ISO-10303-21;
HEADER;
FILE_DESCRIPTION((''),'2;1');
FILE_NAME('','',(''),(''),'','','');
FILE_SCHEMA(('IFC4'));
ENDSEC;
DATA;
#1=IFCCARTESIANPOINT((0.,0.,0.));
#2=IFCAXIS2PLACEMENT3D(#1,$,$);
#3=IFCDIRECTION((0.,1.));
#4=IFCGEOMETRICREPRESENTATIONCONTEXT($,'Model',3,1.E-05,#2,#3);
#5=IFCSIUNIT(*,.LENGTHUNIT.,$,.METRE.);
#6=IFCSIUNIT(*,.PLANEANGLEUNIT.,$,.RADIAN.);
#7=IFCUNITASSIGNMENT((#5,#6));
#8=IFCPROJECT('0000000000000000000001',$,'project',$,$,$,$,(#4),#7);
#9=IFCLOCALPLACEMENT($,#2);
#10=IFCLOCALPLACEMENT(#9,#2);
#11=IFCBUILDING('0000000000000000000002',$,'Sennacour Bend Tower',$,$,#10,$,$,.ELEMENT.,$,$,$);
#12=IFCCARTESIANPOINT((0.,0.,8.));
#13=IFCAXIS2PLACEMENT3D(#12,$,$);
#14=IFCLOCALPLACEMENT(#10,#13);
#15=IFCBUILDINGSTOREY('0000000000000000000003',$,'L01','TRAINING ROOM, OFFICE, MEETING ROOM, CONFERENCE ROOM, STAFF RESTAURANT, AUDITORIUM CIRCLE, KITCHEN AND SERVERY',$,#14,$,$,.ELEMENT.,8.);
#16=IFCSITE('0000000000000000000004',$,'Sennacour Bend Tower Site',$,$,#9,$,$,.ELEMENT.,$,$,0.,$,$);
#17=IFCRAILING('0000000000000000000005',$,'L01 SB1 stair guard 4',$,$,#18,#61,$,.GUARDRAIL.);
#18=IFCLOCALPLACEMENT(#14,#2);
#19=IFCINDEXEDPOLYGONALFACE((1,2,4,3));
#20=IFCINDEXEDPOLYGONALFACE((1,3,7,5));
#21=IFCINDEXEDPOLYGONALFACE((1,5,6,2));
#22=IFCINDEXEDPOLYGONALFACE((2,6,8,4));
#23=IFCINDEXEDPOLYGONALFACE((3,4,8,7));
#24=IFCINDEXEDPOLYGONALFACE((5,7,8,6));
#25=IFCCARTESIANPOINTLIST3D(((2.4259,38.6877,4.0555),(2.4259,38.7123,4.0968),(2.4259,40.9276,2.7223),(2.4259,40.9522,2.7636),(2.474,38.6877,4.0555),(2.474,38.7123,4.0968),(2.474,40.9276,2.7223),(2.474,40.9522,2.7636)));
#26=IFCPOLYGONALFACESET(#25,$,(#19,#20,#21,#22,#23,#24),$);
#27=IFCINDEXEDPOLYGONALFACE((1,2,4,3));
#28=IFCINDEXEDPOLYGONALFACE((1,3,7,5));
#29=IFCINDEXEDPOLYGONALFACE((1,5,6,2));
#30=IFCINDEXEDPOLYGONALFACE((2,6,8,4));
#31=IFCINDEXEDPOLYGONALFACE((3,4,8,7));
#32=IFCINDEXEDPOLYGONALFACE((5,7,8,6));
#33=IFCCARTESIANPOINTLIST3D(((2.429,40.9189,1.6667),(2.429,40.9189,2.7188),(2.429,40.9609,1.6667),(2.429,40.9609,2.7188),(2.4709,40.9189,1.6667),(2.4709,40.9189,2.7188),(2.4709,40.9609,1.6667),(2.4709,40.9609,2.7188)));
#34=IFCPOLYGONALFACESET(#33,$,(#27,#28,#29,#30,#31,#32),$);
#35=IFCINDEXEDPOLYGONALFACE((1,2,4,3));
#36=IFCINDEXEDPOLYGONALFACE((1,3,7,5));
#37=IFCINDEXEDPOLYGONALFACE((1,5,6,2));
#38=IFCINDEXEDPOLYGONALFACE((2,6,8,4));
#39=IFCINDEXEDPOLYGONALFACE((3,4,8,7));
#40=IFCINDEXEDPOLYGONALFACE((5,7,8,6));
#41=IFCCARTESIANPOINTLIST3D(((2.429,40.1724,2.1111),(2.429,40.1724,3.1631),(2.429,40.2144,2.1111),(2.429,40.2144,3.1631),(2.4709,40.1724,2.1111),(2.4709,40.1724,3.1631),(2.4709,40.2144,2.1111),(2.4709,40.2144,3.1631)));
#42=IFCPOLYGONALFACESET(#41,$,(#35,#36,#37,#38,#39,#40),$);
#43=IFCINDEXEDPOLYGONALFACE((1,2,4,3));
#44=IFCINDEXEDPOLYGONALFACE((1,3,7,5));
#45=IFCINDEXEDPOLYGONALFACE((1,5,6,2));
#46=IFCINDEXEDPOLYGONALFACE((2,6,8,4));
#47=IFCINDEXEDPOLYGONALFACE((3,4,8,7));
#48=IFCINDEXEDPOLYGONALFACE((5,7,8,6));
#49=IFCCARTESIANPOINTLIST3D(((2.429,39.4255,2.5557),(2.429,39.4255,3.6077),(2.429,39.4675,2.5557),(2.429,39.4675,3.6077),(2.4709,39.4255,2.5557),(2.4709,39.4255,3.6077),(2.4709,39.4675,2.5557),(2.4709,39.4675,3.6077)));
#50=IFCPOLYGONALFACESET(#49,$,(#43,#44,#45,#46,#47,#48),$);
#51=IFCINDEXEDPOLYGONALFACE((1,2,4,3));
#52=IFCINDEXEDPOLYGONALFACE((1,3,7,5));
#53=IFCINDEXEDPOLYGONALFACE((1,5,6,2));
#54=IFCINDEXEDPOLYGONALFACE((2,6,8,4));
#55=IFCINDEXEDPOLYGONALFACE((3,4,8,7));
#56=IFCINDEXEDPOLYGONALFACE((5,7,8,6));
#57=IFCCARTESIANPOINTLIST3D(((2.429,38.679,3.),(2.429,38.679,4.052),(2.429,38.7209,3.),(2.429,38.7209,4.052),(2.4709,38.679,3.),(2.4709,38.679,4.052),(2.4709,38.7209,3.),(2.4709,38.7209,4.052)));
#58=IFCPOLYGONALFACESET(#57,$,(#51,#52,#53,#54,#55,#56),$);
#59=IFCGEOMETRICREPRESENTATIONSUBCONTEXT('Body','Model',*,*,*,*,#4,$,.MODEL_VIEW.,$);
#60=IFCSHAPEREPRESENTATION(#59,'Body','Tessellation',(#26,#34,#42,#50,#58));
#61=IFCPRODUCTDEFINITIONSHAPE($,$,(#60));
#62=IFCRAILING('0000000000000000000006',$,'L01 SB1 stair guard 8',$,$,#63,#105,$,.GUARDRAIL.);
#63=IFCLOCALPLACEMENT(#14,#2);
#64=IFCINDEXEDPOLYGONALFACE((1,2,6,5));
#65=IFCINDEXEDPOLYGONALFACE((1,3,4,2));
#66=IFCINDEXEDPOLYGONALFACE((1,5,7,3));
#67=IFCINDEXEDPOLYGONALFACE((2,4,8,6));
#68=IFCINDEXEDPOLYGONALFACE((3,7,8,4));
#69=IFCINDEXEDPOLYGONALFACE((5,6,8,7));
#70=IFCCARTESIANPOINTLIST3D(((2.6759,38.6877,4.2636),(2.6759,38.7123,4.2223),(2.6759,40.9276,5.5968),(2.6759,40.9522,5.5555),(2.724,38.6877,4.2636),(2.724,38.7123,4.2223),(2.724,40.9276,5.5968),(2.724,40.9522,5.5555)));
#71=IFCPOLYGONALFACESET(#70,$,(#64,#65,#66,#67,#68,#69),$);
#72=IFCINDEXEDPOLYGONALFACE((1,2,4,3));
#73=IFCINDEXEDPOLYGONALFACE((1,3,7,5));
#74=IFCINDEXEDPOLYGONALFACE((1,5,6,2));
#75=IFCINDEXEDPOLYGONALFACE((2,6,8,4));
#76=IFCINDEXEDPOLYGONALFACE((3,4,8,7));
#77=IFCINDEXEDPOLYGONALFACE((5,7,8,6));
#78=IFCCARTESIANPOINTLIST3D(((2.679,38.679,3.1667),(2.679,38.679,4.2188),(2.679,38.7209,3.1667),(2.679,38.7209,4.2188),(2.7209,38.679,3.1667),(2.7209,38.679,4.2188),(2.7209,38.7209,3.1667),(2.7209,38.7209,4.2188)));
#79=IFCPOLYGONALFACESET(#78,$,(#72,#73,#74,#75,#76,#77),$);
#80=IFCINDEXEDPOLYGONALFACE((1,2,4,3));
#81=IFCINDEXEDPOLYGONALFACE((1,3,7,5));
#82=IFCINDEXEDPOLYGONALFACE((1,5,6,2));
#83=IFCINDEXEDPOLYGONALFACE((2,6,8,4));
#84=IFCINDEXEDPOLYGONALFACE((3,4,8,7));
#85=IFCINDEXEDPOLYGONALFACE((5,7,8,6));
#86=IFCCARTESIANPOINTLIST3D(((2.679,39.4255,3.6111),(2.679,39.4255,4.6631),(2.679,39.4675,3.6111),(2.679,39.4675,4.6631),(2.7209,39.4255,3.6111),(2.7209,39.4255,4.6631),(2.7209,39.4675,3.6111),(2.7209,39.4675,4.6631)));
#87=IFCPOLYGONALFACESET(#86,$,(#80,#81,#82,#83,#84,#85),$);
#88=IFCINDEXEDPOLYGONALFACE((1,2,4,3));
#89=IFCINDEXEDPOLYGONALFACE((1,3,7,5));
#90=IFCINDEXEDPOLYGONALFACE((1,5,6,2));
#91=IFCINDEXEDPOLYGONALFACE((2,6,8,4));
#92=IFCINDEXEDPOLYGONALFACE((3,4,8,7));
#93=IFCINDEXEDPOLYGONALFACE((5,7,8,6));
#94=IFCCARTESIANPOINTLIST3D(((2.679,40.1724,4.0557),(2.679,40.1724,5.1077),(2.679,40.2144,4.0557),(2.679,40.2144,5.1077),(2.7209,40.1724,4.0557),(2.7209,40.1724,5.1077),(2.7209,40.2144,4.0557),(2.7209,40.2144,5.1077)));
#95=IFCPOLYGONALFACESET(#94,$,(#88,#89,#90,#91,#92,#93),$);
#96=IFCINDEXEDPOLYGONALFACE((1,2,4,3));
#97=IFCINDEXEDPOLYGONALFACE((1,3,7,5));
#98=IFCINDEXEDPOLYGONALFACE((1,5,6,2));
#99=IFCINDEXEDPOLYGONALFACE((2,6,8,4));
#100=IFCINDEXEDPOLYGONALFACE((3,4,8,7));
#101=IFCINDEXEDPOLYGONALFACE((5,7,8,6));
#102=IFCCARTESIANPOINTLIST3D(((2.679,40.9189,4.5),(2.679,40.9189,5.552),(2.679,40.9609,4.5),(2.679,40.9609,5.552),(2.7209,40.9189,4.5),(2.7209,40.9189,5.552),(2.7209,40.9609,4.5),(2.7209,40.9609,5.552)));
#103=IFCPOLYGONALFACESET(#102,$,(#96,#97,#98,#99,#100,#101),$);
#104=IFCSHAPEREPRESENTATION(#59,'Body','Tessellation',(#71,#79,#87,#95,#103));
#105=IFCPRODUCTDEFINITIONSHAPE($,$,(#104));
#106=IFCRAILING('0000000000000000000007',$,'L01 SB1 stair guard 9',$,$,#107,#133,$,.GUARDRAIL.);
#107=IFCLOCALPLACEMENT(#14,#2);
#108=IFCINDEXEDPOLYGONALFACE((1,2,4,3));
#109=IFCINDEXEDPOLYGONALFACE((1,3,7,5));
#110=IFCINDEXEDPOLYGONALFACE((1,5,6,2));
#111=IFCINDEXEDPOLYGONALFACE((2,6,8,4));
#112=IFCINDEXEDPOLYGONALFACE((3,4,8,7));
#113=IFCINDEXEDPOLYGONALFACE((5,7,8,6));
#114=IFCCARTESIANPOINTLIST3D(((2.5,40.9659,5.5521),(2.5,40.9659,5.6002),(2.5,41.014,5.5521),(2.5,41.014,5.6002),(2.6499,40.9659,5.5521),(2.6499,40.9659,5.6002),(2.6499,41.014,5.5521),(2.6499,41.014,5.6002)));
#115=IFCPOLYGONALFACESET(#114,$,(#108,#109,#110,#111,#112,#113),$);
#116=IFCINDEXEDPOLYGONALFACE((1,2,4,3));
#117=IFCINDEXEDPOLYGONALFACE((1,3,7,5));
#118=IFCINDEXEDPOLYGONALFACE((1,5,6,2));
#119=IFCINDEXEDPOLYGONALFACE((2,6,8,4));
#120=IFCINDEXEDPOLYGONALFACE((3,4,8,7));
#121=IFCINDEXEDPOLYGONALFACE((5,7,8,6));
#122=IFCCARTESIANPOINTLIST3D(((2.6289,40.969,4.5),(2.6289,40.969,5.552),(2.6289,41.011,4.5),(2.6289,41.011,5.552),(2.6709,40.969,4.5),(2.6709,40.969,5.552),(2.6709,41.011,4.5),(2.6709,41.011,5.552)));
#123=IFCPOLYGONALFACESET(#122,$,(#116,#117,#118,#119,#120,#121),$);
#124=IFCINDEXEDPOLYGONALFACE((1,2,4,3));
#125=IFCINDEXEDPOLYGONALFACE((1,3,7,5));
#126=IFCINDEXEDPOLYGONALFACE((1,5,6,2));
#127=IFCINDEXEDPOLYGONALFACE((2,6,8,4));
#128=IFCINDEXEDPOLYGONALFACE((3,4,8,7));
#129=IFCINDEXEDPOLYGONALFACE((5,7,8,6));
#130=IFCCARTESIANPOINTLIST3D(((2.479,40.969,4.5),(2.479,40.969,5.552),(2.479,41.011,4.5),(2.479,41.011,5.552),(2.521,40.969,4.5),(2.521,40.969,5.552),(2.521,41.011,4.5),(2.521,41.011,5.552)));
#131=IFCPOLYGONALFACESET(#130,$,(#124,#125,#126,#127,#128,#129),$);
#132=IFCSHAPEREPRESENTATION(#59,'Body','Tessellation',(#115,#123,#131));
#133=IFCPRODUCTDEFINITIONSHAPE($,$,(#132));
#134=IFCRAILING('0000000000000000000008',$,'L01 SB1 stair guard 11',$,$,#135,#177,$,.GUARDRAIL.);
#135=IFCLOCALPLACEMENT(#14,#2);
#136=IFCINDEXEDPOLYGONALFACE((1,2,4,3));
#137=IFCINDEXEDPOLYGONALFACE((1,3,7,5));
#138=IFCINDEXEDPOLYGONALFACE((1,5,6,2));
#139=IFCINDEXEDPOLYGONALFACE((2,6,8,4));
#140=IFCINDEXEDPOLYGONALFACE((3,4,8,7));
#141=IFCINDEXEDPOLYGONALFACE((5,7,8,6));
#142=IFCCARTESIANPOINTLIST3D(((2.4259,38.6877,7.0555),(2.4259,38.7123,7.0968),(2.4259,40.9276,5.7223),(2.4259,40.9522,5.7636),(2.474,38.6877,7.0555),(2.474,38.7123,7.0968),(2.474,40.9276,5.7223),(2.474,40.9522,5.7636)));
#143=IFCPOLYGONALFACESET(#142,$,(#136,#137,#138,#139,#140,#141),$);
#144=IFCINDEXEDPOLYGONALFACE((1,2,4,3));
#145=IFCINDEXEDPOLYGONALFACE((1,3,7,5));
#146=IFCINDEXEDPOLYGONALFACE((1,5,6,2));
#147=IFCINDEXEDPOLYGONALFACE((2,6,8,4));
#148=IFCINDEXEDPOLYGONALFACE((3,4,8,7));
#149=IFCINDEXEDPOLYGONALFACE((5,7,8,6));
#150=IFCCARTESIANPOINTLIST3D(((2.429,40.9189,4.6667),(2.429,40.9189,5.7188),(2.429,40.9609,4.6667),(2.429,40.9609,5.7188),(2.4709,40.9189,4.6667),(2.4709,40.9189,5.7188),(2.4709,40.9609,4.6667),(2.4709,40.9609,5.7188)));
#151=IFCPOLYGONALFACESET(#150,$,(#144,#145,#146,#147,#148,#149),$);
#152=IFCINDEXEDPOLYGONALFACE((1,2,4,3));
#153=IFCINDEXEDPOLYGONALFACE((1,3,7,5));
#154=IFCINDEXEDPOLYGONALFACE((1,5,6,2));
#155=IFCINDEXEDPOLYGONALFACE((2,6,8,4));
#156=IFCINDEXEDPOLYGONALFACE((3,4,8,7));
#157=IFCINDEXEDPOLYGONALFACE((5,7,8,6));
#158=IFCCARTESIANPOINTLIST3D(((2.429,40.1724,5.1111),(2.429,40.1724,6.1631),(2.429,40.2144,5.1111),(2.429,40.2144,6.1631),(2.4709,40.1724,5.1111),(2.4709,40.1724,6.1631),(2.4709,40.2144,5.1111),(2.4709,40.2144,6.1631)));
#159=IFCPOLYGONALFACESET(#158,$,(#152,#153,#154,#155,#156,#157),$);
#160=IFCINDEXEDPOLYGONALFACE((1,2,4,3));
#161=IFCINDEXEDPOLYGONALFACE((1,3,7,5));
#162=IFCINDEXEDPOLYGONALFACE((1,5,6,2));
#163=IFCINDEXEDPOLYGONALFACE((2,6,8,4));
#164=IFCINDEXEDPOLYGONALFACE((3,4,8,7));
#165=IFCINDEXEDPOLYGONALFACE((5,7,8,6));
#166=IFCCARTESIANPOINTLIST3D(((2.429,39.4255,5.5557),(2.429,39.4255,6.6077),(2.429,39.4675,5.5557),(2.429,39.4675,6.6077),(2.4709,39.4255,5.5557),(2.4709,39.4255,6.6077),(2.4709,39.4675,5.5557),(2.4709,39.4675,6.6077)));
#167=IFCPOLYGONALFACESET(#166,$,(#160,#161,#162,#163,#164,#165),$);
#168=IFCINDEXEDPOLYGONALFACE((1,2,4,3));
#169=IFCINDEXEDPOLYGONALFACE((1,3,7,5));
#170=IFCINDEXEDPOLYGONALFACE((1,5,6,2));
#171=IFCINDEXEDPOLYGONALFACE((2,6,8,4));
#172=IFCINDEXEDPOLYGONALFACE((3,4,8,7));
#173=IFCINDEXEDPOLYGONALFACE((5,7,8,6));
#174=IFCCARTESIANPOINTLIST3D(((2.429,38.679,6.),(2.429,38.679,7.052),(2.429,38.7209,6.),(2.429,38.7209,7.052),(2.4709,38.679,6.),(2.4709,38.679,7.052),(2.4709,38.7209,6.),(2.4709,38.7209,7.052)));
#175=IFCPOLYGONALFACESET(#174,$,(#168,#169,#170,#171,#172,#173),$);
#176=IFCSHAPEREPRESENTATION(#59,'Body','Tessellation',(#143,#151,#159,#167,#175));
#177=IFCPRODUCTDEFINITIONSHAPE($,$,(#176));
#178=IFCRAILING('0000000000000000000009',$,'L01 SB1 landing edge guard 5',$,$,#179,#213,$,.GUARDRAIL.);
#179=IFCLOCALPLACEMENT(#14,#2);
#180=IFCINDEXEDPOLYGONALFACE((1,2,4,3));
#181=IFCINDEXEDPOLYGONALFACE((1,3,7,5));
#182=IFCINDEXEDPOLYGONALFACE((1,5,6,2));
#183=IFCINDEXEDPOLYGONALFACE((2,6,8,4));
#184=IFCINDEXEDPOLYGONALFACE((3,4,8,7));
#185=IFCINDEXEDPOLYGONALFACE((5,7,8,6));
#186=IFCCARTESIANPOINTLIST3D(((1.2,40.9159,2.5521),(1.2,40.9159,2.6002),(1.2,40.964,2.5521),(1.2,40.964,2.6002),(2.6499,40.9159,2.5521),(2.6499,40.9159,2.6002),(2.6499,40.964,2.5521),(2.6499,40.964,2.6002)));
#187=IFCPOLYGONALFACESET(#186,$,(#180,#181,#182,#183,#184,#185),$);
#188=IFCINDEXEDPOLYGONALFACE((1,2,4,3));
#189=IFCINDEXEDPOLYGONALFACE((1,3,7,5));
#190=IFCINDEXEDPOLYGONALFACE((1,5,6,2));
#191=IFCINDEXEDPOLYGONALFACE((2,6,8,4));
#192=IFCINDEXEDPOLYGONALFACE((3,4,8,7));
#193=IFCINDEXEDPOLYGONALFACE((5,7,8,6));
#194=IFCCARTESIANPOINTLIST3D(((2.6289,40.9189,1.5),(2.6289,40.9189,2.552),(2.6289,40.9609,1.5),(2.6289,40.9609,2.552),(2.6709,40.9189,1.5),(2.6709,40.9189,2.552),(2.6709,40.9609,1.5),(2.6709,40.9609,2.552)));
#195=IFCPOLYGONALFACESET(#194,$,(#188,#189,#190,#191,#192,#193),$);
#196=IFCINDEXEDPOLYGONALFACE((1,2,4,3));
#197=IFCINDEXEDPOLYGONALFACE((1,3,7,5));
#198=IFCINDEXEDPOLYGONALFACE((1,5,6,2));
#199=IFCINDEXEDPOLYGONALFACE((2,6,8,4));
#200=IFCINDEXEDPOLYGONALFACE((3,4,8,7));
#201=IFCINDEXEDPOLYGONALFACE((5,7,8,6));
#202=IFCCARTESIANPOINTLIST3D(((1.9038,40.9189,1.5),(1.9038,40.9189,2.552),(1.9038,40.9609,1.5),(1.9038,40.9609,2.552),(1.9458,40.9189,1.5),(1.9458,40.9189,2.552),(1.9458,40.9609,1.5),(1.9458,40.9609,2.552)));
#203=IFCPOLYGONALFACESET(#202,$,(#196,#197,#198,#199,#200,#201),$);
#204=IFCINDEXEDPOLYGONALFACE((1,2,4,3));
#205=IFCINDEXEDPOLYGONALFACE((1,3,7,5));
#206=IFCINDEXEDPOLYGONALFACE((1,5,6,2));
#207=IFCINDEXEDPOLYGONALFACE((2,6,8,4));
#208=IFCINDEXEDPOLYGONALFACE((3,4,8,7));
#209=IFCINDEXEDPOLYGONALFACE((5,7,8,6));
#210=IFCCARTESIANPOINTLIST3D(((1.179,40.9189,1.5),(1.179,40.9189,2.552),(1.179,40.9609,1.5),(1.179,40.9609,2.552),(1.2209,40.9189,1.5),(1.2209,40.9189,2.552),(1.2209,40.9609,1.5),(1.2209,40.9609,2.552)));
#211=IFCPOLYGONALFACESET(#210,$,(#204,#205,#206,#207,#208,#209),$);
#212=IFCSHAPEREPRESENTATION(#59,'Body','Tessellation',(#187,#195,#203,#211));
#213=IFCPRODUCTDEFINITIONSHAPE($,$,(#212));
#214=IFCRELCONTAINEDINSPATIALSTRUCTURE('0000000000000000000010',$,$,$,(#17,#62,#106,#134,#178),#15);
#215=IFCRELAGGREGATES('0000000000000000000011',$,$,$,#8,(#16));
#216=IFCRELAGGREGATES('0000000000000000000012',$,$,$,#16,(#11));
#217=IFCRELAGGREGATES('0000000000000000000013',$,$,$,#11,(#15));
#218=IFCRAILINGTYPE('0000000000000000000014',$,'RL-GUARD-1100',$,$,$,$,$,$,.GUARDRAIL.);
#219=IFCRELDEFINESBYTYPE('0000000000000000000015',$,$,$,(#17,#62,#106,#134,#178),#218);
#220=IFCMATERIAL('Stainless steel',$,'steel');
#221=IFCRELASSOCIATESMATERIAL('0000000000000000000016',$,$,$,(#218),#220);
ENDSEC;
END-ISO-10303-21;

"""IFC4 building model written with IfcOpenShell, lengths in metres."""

from ifc_helpers import new_model, si_unit, direction, frame, origin, origin_2d, place, context, subcontext, project, spatial, rectangle, extrude, material, type_object, element, save


model = new_model("IFC4")

# Units and contexts
model_context = context("Model", 3, precision=1e-05, world=origin(), true_north=direction((0.0, 1.0)))
body_context = subcontext(model_context, "Body", "Model", "MODEL_VIEW")
ifc_project = project(units=[si_unit("LENGTHUNIT", "METRE"), si_unit("PLANEANGLEUNIT", "RADIAN")], contexts=[model_context])

# Site, building, storey
site_placement = place(None, origin())
site = spatial("IfcSite", under=ifc_project, at=site_placement, Name="Sennacour Bend Tower Site", CompositionType="ELEMENT", RefElevation=0.0)
building_placement = place(site_placement, origin())
building = spatial("IfcBuilding", under=site, at=building_placement, Name="Sennacour Bend Tower", CompositionType="ELEMENT")
storey_placement = place(building_placement, frame((0.0, 0.0, 8.0)))
storey = spatial("IfcBuildingStorey", under=building, at=storey_placement, Name="L01", Description="TRAINING ROOM, OFFICE, MEETING ROOM, CONFERENCE ROOM, STAFF RESTAURANT, AUDITORIUM CIRCLE, KITCHEN AND SERVERY", CompositionType="ELEMENT", Elevation=8.0)

# Railings
ifc_material_1 = material(Name="Stainless steel", Category="steel")
railing_type_1 = type_object("IfcRailingType", Name="RL-GUARD-1100", PredefinedType="GUARDRAIL", material=ifc_material_1)
railing_1_placement = place(storey_placement, frame((2.45, 40.9399, 1.6667)))
element("IfcRailing", 1, at=railing_1_placement, inside=storey, type_object=railing_type_1, Name="L01 SB1 stair guard 4", PredefinedType="GUARDRAIL", context=body_context, shape_type="SweptSolid", body=[
    extrude(rectangle(XDim=0.0481, YDim=0.0481, at=origin_2d()), frame((0.0, 0.0, 1.0762), z_axis=(0.0, -0.859306, 0.511462), x_axis=(1.0, 0.0, 0.0)), (0.0, 0.0, 1.0), 2.6067),
    extrude(rectangle(XDim=0.042, YDim=0.042, at=origin_2d()), origin(), (0.0, 0.0, 1.0), 1.052),
    extrude(rectangle(XDim=0.042, YDim=0.042, at=origin_2d()), frame((0.0, -0.7466, 0.4443)), (0.0, 0.0, 1.0), 1.052),
    extrude(rectangle(XDim=0.042, YDim=0.042, at=origin_2d()), frame((0.0, -1.4934, 0.8889)), (0.0, 0.0, 1.0), 1.052),
    extrude(rectangle(XDim=0.042, YDim=0.042, at=origin_2d()), frame((0.0, -2.24, 1.3333)), (0.0, 0.0, 1.0), 1.052),
])
railing_2_placement = place(storey_placement, frame((2.7, 38.7, 3.1667)))
element("IfcRailing", 2, at=railing_2_placement, inside=storey, type_object=railing_type_1, Name="L01 SB1 stair guard 8", PredefinedType="GUARDRAIL", context=body_context, shape_type="SweptSolid", body=[
    extrude(rectangle(XDim=0.0481, YDim=0.0481, at=origin_2d()), frame((0.0, 0.0, 1.0762), z_axis=(0.0, 0.859306, 0.511462), x_axis=(-1.0, 0.0, 0.0)), (0.0, 0.0, 1.0), 2.6067),
    extrude(rectangle(XDim=0.042, YDim=0.042, at=origin_2d()), origin(), (0.0, 0.0, 1.0), 1.052),
    extrude(rectangle(XDim=0.042, YDim=0.042, at=origin_2d()), frame((0.0, 0.7466, 0.4443)), (0.0, 0.0, 1.0), 1.052),
    extrude(rectangle(XDim=0.042, YDim=0.042, at=origin_2d()), frame((0.0, 1.4934, 0.8889)), (0.0, 0.0, 1.0), 1.052),
    extrude(rectangle(XDim=0.042, YDim=0.042, at=origin_2d()), frame((0.0, 2.24, 1.3333)), (0.0, 0.0, 1.0), 1.052),
])
railing_3_placement = place(storey_placement, frame((2.6499, 40.99, 4.5)))
element("IfcRailing", 3, at=railing_3_placement, inside=storey, type_object=railing_type_1, Name="L01 SB1 stair guard 9", PredefinedType="GUARDRAIL", context=body_context, shape_type="SweptSolid", body=[
    extrude(rectangle(XDim=0.0481, YDim=0.0481, at=origin_2d()), frame((0.0, 0.0, 1.0762), z_axis=(-1.0, 0.0, 0.0), x_axis=(0.0, -1.0, 0.0)), (0.0, 0.0, 1.0), 0.1499),
    extrude(rectangle(XDim=0.042, YDim=0.042, at=origin_2d()), origin(), (0.0, 0.0, 1.0), 1.052),
    extrude(rectangle(XDim=0.042, YDim=0.042, at=origin_2d()), frame((-0.1499, 0.0, 0.0)), (0.0, 0.0, 1.0), 1.052),
])
railing_4_placement = place(storey_placement, frame((2.45, 40.9399, 4.6667)))
element("IfcRailing", 4, at=railing_4_placement, inside=storey, type_object=railing_type_1, Name="L01 SB1 stair guard 11", PredefinedType="GUARDRAIL", context=body_context, shape_type="SweptSolid", body=[
    extrude(rectangle(XDim=0.0481, YDim=0.0481, at=origin_2d()), frame((0.0, 0.0, 1.0762), z_axis=(0.0, -0.859306, 0.511462), x_axis=(1.0, 0.0, 0.0)), (0.0, 0.0, 1.0), 2.6067),
    extrude(rectangle(XDim=0.042, YDim=0.042, at=origin_2d()), origin(), (0.0, 0.0, 1.0), 1.052),
    extrude(rectangle(XDim=0.042, YDim=0.042, at=origin_2d()), frame((0.0, -0.7466, 0.4443)), (0.0, 0.0, 1.0), 1.052),
    extrude(rectangle(XDim=0.042, YDim=0.042, at=origin_2d()), frame((0.0, -1.4934, 0.8889)), (0.0, 0.0, 1.0), 1.052),
    extrude(rectangle(XDim=0.042, YDim=0.042, at=origin_2d()), frame((0.0, -2.24, 1.3333)), (0.0, 0.0, 1.0), 1.052),
])
for number, where, name in (
    (5, (2.6499, 40.9399, 1.5), "L01 SB1 landing edge guard 5"),
):
    element("IfcRailing", number, at=place(storey_placement, frame(where)), inside=storey, type_object=railing_type_1, Name=name, PredefinedType="GUARDRAIL", context=body_context, shape_type="SweptSolid", body=[
        extrude(rectangle(XDim=0.0481, YDim=0.0481, at=origin_2d()), frame((0.0, 0.0, 1.0762), z_axis=(-1.0, 0.0, 0.0), x_axis=(0.0, -1.0, 0.0)), (0.0, 0.0, 1.0), 1.45),
        extrude(rectangle(XDim=0.042, YDim=0.042, at=origin_2d()), origin(), (0.0, 0.0, 1.0), 1.052),
        extrude(rectangle(XDim=0.042, YDim=0.042, at=origin_2d()), frame((-0.7251, 0.0, 0.0)), (0.0, 0.0, 1.0), 1.052),
        extrude(rectangle(XDim=0.042, YDim=0.042, at=origin_2d()), frame((-1.45, 0.0, 0.0)), (0.0, 0.0, 1.0), 1.052),
    ])

save(model, "model.ifc")
